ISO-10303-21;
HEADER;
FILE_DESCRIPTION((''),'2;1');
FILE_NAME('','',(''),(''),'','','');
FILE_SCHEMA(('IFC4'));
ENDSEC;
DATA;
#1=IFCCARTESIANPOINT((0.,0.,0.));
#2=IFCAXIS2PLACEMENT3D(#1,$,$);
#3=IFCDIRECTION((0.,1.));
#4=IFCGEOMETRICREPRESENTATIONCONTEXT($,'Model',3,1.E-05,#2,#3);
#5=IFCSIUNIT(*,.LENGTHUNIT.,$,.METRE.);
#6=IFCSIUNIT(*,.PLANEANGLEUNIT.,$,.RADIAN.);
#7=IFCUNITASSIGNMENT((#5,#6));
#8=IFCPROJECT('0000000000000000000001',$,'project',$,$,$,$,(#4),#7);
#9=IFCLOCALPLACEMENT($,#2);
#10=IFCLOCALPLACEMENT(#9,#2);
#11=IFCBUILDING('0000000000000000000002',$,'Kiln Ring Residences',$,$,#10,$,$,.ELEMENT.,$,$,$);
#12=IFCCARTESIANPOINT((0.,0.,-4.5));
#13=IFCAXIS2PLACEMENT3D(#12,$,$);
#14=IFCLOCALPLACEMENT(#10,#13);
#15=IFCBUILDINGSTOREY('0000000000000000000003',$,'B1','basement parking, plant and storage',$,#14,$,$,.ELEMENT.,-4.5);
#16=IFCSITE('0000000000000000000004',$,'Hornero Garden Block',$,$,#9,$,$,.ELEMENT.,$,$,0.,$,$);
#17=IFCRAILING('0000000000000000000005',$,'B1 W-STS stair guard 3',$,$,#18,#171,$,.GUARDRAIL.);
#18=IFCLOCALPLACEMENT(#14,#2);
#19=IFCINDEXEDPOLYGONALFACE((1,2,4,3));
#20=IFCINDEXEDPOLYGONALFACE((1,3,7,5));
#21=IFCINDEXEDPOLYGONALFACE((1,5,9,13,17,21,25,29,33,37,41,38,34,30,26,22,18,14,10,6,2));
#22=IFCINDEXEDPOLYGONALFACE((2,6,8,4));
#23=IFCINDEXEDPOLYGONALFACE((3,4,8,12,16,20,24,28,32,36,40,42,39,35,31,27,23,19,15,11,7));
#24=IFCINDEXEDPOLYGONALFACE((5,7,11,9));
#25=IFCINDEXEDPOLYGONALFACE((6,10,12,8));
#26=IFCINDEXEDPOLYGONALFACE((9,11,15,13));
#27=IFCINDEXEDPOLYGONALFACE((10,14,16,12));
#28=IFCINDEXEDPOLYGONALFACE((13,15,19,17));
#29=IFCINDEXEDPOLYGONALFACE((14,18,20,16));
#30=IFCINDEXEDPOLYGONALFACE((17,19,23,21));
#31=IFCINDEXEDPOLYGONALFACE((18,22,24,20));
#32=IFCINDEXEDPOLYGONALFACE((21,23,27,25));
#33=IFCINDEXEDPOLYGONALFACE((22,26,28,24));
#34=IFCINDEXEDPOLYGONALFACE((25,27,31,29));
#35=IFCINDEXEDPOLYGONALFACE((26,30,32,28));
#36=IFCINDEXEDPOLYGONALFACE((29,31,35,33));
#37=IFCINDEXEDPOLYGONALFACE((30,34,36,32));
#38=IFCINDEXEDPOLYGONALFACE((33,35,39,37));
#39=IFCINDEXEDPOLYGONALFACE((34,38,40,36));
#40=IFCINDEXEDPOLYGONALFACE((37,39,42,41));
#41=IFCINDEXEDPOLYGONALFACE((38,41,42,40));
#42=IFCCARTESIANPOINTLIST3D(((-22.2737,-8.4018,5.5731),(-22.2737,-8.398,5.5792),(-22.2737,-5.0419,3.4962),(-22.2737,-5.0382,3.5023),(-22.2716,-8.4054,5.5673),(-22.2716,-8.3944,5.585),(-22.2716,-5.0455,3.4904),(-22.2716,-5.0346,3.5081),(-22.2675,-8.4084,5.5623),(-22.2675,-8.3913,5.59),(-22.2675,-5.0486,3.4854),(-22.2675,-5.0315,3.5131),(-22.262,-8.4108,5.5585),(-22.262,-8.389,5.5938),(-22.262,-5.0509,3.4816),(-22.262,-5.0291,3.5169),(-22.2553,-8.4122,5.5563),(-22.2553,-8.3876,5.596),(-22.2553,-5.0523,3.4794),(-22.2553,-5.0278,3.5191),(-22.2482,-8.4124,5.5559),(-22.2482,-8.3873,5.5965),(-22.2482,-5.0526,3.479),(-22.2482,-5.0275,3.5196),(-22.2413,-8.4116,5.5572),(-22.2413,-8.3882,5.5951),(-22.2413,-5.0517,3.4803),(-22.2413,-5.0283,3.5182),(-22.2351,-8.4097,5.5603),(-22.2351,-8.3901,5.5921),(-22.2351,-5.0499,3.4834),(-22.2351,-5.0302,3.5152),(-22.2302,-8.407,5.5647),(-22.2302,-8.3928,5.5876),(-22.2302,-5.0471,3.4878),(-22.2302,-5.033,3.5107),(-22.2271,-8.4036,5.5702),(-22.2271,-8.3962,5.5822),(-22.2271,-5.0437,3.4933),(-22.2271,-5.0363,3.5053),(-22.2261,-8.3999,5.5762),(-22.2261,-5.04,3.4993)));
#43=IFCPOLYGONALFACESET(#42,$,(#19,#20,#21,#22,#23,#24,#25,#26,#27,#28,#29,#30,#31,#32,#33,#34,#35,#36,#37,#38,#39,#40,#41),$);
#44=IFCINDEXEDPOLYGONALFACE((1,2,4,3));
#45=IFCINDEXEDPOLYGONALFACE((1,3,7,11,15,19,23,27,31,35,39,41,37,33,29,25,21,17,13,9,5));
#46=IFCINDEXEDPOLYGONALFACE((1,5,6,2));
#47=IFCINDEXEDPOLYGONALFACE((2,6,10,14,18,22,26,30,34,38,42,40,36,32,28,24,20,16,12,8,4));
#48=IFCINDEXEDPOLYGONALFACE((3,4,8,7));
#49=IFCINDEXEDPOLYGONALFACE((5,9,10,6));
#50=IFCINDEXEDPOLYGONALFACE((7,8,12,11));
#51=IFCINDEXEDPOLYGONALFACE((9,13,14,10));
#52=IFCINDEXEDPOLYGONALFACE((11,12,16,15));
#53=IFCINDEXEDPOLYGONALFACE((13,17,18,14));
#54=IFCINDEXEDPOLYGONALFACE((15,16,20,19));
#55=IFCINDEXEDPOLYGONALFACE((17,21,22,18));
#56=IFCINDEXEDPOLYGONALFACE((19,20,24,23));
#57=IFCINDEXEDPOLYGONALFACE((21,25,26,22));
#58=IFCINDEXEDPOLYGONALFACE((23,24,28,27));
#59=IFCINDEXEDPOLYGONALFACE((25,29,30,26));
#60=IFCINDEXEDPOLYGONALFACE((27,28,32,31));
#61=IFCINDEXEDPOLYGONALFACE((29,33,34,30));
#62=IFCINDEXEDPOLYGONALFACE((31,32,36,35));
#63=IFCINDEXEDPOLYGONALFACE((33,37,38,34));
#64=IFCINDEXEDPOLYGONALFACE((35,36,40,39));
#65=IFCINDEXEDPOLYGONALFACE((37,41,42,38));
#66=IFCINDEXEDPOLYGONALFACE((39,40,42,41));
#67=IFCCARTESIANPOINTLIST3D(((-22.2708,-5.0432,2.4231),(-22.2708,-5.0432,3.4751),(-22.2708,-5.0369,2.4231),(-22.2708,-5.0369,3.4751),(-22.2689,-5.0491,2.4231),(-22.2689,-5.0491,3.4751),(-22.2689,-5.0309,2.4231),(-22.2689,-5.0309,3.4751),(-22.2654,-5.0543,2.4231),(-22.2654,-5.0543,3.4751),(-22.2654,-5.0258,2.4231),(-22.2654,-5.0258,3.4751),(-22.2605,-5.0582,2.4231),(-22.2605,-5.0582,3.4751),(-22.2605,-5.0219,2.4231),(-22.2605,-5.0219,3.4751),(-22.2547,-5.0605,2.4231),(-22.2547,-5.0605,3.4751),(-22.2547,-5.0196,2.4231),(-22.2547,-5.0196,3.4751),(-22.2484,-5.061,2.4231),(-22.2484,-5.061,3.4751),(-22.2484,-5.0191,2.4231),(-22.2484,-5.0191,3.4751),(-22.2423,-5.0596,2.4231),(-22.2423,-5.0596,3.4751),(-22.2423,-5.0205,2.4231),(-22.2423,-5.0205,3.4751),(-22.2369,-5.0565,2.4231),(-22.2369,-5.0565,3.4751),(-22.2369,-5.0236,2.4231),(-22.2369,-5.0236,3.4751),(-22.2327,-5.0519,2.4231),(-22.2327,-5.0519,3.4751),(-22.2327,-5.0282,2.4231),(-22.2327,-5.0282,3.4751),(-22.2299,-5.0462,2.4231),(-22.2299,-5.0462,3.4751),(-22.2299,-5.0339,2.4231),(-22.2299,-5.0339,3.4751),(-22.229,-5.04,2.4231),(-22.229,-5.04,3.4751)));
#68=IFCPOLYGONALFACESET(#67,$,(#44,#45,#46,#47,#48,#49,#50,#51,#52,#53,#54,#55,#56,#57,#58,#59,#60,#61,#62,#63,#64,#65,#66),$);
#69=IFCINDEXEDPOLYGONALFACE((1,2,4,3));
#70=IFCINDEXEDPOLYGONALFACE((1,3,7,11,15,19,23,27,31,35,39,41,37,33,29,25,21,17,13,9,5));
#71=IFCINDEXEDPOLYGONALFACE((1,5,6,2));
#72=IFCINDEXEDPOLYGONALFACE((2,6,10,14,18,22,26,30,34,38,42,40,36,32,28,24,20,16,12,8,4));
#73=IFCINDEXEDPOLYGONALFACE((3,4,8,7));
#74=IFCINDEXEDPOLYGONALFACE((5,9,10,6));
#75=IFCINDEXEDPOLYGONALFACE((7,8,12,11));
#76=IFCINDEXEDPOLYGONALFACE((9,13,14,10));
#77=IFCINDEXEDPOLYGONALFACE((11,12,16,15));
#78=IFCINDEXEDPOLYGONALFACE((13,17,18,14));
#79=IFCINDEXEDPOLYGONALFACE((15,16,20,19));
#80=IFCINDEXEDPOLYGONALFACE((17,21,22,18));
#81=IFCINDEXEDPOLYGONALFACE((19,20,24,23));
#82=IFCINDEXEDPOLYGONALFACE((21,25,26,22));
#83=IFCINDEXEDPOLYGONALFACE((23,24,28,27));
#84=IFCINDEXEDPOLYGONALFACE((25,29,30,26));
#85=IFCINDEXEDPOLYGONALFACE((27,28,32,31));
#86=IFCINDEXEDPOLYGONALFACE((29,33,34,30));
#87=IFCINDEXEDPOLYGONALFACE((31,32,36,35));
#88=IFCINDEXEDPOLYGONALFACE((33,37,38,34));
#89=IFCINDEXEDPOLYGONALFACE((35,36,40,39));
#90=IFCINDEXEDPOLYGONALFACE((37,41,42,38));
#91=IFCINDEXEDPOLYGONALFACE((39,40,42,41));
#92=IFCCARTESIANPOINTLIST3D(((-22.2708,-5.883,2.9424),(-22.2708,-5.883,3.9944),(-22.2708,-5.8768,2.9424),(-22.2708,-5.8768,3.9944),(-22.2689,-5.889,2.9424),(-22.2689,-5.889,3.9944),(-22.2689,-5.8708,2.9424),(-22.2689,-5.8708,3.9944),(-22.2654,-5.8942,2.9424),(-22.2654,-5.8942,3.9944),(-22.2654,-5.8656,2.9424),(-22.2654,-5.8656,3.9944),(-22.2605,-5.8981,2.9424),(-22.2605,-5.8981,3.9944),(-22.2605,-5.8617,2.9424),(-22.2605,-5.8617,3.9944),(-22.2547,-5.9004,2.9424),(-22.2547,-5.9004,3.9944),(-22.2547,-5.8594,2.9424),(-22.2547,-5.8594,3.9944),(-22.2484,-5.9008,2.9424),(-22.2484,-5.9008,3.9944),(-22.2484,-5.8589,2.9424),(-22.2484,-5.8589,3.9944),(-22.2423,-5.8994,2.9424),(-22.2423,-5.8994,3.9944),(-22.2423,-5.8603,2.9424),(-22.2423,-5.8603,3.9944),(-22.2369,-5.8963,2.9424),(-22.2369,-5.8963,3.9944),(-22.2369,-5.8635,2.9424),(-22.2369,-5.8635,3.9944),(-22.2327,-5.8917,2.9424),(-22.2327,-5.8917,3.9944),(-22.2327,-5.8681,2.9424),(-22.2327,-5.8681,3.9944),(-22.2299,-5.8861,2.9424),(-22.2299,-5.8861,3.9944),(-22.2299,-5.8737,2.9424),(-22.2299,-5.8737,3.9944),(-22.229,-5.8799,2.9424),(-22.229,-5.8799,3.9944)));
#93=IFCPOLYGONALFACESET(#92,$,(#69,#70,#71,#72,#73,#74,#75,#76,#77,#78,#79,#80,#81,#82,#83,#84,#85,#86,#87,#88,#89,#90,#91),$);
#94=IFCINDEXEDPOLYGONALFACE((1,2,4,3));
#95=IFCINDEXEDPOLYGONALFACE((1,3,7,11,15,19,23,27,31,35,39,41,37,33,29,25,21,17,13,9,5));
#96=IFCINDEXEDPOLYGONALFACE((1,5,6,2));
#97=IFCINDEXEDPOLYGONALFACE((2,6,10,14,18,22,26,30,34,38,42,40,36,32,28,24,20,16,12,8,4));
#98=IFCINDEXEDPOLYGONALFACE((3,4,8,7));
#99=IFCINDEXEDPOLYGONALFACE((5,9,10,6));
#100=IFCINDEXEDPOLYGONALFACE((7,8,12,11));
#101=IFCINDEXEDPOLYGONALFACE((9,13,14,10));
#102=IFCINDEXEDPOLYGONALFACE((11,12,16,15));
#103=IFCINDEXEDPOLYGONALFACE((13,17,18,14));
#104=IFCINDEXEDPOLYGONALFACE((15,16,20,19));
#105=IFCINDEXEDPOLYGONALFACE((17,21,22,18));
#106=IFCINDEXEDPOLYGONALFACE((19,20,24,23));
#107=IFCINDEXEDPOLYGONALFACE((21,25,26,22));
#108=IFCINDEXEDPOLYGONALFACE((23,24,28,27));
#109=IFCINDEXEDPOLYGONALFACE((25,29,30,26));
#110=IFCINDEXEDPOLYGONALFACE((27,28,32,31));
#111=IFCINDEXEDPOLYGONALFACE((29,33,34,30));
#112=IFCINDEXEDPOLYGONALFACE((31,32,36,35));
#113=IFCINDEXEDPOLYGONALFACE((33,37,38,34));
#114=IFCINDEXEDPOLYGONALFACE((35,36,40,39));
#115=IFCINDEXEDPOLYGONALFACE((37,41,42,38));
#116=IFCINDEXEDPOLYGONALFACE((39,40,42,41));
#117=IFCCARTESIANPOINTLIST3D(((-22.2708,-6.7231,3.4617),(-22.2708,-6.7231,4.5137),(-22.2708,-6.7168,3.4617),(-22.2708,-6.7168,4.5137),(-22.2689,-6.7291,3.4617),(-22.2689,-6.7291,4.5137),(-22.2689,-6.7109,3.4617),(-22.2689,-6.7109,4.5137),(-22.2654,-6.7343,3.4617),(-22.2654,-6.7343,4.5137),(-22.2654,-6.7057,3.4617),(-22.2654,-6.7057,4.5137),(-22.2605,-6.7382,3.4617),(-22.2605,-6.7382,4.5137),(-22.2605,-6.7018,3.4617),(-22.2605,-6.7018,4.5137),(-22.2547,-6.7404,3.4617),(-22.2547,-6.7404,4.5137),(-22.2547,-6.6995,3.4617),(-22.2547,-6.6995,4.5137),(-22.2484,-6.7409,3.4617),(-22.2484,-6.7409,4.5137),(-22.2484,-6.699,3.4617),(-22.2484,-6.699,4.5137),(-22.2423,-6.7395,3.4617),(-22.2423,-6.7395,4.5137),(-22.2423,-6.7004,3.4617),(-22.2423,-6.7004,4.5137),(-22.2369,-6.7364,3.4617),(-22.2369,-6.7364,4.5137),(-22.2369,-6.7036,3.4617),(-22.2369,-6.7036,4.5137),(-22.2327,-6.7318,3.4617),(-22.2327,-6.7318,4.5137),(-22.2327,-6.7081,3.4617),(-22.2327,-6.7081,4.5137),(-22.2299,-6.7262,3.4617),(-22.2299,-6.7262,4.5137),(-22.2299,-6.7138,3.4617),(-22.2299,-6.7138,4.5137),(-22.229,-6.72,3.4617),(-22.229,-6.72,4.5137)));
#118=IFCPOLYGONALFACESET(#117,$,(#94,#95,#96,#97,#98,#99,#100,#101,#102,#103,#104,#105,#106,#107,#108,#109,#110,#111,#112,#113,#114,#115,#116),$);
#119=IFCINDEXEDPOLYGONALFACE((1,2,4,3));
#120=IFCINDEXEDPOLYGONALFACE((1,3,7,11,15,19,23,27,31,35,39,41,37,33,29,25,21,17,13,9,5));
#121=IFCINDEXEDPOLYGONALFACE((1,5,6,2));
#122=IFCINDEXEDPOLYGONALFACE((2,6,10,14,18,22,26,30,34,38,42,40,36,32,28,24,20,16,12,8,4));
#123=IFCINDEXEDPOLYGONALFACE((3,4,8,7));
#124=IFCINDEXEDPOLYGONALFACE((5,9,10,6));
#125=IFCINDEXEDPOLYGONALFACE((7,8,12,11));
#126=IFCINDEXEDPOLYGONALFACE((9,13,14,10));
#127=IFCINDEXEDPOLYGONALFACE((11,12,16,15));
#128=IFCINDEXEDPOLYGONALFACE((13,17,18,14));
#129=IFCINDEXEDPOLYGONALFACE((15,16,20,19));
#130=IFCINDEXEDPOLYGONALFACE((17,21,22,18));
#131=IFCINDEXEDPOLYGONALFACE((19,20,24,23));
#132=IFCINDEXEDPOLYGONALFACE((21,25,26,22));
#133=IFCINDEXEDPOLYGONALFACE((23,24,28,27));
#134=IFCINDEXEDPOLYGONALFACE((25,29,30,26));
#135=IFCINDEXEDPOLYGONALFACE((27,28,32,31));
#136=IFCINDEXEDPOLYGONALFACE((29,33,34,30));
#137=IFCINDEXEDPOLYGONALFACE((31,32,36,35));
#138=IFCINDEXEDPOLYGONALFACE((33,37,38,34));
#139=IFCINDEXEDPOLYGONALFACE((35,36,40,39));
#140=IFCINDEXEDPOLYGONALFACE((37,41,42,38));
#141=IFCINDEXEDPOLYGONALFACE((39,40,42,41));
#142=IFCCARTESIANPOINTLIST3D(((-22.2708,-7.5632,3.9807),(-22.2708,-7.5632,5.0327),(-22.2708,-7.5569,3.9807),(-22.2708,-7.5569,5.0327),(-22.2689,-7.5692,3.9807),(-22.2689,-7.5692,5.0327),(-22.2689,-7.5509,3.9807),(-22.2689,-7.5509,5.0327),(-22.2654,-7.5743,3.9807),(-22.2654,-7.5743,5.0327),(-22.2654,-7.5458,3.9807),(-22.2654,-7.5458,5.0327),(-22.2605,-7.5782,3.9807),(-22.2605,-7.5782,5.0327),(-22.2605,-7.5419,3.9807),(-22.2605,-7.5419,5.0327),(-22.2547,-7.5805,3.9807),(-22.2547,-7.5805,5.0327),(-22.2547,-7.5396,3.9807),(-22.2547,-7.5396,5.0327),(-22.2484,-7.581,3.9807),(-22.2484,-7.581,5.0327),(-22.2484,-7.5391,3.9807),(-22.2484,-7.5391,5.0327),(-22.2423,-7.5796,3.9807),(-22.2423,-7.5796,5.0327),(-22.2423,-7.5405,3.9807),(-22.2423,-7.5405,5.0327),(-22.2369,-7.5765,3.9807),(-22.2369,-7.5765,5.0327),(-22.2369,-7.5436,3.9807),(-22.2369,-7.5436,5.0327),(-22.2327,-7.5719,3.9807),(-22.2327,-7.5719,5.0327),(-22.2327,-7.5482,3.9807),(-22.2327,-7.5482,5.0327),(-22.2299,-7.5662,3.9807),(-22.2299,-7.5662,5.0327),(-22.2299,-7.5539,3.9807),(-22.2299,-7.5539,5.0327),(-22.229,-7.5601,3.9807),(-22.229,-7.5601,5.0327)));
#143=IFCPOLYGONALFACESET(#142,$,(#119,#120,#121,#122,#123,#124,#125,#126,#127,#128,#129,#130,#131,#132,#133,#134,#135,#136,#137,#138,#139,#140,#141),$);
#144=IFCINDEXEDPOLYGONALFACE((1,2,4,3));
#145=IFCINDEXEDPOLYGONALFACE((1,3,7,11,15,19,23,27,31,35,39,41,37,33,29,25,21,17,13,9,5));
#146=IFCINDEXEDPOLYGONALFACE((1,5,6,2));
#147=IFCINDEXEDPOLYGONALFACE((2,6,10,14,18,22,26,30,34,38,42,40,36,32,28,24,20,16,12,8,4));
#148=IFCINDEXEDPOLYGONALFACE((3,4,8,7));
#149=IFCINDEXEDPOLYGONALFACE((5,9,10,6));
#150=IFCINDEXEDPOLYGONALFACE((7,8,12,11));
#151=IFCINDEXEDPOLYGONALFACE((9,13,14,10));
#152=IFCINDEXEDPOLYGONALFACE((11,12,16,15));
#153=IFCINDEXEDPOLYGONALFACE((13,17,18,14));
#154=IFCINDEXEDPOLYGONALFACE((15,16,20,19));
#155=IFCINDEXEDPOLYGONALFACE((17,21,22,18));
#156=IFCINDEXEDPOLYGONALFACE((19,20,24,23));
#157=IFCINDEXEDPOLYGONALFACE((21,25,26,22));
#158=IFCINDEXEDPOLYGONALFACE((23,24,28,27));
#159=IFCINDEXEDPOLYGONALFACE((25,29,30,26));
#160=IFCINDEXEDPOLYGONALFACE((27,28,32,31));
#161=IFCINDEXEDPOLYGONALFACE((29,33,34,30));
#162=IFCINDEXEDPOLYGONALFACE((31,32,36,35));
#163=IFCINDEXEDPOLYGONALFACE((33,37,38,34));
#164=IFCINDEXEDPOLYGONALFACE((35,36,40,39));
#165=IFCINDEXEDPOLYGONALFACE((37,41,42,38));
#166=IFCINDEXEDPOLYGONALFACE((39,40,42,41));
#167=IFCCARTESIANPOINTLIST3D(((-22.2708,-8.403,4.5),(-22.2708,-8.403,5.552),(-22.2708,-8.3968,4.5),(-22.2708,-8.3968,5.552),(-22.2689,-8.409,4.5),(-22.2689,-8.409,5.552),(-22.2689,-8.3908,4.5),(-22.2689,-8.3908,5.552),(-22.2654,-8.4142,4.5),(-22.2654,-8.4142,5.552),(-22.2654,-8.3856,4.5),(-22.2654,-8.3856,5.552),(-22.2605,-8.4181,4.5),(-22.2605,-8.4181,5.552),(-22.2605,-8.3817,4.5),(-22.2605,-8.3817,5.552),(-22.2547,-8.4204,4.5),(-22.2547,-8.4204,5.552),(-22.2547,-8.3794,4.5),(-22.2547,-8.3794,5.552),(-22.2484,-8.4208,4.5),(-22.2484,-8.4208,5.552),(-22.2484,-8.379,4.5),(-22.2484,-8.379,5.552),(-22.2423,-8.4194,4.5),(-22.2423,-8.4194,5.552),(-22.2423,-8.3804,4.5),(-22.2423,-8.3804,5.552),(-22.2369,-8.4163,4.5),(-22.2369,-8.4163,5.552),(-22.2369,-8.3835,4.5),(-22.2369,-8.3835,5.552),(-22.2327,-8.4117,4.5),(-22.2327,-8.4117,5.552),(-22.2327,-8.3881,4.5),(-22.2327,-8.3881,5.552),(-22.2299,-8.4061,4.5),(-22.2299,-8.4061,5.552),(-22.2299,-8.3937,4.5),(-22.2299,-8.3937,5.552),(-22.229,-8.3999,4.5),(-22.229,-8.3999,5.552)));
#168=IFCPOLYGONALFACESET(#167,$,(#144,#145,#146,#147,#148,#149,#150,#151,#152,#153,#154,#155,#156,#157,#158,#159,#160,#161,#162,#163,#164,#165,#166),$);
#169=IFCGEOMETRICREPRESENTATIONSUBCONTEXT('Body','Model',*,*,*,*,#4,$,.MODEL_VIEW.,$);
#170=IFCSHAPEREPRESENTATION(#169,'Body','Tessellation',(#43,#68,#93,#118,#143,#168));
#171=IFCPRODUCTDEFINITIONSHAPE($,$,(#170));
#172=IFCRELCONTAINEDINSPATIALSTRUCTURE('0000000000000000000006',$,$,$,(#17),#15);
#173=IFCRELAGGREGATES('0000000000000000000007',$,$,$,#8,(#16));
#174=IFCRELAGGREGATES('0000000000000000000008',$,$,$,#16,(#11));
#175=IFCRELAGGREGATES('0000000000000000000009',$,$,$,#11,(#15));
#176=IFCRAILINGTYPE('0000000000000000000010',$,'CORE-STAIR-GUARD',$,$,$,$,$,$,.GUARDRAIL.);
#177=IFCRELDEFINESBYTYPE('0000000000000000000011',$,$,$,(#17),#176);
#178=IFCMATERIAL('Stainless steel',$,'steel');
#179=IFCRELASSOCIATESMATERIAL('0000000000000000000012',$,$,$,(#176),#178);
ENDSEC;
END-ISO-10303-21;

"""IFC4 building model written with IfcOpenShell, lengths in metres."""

from ifc_helpers import new_model, si_unit, direction, frame, origin, origin_2d, place, context, subcontext, project, spatial, circle, extrude, material, type_object, element, save


model = new_model("IFC4")

# Units and contexts
model_context = context("Model", 3, precision=1e-05, world=origin(), true_north=direction((0.0, 1.0)))
body_context = subcontext(model_context, "Body", "Model", "MODEL_VIEW")
ifc_project = project(units=[si_unit("LENGTHUNIT", "METRE"), si_unit("PLANEANGLEUNIT", "RADIAN")], contexts=[model_context])

# Site, building, storey
site_placement = place(None, origin())
site = spatial("IfcSite", under=ifc_project, at=site_placement, Name="Hornero Garden Block", CompositionType="ELEMENT", RefElevation=0.0)
building_placement = place(site_placement, origin())
building = spatial("IfcBuilding", under=site, at=building_placement, Name="Kiln Ring Residences", CompositionType="ELEMENT")
storey_placement = place(building_placement, frame((0.0, 0.0, -4.5)))
storey = spatial("IfcBuildingStorey", under=building, at=storey_placement, Name="B1", Description="basement parking, plant and storage", CompositionType="ELEMENT", Elevation=-4.5)

# Railing
ifc_material_1 = material(Name="Stainless steel", Category="steel")
railing_type_1 = type_object("IfcRailingType", Name="CORE-STAIR-GUARD", PredefinedType="GUARDRAIL", material=ifc_material_1)
railing_1_placement = place(storey_placement, frame((-22.25, -5.04, 2.4231)))
element("IfcRailing", 1, at=railing_1_placement, inside=storey, type_object=railing_type_1, Name="B1 W-STS stair guard 3", PredefinedType="GUARDRAIL", context=body_context, shape_type="SweptSolid", body=[
    extrude(circle(Radius=0.0239, at=origin_2d()), frame((0.0, 0.0, 1.0762), z_axis=(0.0, -0.850606, 0.525803), x_axis=(1.0, 0.0, 0.0)), (0.0, 0.0, 1.0), 3.95),
    extrude(circle(Radius=0.021, at=origin_2d()), origin(), (0.0, 0.0, 1.0), 1.052),
    extrude(circle(Radius=0.021, at=origin_2d()), frame((0.0, -0.8398, 0.5193)), (0.0, 0.0, 1.0), 1.052),
    extrude(circle(Radius=0.021, at=origin_2d()), frame((0.0, -1.6799, 1.0386)), (0.0, 0.0, 1.0), 1.052),
    extrude(circle(Radius=0.021, at=origin_2d()), frame((0.0, -2.52, 1.5576)), (0.0, 0.0, 1.0), 1.052),
    extrude(circle(Radius=0.021, at=origin_2d()), frame((0.0, -3.3599, 2.0769)), (0.0, 0.0, 1.0), 1.052),
])

save(model, "model.ifc")
